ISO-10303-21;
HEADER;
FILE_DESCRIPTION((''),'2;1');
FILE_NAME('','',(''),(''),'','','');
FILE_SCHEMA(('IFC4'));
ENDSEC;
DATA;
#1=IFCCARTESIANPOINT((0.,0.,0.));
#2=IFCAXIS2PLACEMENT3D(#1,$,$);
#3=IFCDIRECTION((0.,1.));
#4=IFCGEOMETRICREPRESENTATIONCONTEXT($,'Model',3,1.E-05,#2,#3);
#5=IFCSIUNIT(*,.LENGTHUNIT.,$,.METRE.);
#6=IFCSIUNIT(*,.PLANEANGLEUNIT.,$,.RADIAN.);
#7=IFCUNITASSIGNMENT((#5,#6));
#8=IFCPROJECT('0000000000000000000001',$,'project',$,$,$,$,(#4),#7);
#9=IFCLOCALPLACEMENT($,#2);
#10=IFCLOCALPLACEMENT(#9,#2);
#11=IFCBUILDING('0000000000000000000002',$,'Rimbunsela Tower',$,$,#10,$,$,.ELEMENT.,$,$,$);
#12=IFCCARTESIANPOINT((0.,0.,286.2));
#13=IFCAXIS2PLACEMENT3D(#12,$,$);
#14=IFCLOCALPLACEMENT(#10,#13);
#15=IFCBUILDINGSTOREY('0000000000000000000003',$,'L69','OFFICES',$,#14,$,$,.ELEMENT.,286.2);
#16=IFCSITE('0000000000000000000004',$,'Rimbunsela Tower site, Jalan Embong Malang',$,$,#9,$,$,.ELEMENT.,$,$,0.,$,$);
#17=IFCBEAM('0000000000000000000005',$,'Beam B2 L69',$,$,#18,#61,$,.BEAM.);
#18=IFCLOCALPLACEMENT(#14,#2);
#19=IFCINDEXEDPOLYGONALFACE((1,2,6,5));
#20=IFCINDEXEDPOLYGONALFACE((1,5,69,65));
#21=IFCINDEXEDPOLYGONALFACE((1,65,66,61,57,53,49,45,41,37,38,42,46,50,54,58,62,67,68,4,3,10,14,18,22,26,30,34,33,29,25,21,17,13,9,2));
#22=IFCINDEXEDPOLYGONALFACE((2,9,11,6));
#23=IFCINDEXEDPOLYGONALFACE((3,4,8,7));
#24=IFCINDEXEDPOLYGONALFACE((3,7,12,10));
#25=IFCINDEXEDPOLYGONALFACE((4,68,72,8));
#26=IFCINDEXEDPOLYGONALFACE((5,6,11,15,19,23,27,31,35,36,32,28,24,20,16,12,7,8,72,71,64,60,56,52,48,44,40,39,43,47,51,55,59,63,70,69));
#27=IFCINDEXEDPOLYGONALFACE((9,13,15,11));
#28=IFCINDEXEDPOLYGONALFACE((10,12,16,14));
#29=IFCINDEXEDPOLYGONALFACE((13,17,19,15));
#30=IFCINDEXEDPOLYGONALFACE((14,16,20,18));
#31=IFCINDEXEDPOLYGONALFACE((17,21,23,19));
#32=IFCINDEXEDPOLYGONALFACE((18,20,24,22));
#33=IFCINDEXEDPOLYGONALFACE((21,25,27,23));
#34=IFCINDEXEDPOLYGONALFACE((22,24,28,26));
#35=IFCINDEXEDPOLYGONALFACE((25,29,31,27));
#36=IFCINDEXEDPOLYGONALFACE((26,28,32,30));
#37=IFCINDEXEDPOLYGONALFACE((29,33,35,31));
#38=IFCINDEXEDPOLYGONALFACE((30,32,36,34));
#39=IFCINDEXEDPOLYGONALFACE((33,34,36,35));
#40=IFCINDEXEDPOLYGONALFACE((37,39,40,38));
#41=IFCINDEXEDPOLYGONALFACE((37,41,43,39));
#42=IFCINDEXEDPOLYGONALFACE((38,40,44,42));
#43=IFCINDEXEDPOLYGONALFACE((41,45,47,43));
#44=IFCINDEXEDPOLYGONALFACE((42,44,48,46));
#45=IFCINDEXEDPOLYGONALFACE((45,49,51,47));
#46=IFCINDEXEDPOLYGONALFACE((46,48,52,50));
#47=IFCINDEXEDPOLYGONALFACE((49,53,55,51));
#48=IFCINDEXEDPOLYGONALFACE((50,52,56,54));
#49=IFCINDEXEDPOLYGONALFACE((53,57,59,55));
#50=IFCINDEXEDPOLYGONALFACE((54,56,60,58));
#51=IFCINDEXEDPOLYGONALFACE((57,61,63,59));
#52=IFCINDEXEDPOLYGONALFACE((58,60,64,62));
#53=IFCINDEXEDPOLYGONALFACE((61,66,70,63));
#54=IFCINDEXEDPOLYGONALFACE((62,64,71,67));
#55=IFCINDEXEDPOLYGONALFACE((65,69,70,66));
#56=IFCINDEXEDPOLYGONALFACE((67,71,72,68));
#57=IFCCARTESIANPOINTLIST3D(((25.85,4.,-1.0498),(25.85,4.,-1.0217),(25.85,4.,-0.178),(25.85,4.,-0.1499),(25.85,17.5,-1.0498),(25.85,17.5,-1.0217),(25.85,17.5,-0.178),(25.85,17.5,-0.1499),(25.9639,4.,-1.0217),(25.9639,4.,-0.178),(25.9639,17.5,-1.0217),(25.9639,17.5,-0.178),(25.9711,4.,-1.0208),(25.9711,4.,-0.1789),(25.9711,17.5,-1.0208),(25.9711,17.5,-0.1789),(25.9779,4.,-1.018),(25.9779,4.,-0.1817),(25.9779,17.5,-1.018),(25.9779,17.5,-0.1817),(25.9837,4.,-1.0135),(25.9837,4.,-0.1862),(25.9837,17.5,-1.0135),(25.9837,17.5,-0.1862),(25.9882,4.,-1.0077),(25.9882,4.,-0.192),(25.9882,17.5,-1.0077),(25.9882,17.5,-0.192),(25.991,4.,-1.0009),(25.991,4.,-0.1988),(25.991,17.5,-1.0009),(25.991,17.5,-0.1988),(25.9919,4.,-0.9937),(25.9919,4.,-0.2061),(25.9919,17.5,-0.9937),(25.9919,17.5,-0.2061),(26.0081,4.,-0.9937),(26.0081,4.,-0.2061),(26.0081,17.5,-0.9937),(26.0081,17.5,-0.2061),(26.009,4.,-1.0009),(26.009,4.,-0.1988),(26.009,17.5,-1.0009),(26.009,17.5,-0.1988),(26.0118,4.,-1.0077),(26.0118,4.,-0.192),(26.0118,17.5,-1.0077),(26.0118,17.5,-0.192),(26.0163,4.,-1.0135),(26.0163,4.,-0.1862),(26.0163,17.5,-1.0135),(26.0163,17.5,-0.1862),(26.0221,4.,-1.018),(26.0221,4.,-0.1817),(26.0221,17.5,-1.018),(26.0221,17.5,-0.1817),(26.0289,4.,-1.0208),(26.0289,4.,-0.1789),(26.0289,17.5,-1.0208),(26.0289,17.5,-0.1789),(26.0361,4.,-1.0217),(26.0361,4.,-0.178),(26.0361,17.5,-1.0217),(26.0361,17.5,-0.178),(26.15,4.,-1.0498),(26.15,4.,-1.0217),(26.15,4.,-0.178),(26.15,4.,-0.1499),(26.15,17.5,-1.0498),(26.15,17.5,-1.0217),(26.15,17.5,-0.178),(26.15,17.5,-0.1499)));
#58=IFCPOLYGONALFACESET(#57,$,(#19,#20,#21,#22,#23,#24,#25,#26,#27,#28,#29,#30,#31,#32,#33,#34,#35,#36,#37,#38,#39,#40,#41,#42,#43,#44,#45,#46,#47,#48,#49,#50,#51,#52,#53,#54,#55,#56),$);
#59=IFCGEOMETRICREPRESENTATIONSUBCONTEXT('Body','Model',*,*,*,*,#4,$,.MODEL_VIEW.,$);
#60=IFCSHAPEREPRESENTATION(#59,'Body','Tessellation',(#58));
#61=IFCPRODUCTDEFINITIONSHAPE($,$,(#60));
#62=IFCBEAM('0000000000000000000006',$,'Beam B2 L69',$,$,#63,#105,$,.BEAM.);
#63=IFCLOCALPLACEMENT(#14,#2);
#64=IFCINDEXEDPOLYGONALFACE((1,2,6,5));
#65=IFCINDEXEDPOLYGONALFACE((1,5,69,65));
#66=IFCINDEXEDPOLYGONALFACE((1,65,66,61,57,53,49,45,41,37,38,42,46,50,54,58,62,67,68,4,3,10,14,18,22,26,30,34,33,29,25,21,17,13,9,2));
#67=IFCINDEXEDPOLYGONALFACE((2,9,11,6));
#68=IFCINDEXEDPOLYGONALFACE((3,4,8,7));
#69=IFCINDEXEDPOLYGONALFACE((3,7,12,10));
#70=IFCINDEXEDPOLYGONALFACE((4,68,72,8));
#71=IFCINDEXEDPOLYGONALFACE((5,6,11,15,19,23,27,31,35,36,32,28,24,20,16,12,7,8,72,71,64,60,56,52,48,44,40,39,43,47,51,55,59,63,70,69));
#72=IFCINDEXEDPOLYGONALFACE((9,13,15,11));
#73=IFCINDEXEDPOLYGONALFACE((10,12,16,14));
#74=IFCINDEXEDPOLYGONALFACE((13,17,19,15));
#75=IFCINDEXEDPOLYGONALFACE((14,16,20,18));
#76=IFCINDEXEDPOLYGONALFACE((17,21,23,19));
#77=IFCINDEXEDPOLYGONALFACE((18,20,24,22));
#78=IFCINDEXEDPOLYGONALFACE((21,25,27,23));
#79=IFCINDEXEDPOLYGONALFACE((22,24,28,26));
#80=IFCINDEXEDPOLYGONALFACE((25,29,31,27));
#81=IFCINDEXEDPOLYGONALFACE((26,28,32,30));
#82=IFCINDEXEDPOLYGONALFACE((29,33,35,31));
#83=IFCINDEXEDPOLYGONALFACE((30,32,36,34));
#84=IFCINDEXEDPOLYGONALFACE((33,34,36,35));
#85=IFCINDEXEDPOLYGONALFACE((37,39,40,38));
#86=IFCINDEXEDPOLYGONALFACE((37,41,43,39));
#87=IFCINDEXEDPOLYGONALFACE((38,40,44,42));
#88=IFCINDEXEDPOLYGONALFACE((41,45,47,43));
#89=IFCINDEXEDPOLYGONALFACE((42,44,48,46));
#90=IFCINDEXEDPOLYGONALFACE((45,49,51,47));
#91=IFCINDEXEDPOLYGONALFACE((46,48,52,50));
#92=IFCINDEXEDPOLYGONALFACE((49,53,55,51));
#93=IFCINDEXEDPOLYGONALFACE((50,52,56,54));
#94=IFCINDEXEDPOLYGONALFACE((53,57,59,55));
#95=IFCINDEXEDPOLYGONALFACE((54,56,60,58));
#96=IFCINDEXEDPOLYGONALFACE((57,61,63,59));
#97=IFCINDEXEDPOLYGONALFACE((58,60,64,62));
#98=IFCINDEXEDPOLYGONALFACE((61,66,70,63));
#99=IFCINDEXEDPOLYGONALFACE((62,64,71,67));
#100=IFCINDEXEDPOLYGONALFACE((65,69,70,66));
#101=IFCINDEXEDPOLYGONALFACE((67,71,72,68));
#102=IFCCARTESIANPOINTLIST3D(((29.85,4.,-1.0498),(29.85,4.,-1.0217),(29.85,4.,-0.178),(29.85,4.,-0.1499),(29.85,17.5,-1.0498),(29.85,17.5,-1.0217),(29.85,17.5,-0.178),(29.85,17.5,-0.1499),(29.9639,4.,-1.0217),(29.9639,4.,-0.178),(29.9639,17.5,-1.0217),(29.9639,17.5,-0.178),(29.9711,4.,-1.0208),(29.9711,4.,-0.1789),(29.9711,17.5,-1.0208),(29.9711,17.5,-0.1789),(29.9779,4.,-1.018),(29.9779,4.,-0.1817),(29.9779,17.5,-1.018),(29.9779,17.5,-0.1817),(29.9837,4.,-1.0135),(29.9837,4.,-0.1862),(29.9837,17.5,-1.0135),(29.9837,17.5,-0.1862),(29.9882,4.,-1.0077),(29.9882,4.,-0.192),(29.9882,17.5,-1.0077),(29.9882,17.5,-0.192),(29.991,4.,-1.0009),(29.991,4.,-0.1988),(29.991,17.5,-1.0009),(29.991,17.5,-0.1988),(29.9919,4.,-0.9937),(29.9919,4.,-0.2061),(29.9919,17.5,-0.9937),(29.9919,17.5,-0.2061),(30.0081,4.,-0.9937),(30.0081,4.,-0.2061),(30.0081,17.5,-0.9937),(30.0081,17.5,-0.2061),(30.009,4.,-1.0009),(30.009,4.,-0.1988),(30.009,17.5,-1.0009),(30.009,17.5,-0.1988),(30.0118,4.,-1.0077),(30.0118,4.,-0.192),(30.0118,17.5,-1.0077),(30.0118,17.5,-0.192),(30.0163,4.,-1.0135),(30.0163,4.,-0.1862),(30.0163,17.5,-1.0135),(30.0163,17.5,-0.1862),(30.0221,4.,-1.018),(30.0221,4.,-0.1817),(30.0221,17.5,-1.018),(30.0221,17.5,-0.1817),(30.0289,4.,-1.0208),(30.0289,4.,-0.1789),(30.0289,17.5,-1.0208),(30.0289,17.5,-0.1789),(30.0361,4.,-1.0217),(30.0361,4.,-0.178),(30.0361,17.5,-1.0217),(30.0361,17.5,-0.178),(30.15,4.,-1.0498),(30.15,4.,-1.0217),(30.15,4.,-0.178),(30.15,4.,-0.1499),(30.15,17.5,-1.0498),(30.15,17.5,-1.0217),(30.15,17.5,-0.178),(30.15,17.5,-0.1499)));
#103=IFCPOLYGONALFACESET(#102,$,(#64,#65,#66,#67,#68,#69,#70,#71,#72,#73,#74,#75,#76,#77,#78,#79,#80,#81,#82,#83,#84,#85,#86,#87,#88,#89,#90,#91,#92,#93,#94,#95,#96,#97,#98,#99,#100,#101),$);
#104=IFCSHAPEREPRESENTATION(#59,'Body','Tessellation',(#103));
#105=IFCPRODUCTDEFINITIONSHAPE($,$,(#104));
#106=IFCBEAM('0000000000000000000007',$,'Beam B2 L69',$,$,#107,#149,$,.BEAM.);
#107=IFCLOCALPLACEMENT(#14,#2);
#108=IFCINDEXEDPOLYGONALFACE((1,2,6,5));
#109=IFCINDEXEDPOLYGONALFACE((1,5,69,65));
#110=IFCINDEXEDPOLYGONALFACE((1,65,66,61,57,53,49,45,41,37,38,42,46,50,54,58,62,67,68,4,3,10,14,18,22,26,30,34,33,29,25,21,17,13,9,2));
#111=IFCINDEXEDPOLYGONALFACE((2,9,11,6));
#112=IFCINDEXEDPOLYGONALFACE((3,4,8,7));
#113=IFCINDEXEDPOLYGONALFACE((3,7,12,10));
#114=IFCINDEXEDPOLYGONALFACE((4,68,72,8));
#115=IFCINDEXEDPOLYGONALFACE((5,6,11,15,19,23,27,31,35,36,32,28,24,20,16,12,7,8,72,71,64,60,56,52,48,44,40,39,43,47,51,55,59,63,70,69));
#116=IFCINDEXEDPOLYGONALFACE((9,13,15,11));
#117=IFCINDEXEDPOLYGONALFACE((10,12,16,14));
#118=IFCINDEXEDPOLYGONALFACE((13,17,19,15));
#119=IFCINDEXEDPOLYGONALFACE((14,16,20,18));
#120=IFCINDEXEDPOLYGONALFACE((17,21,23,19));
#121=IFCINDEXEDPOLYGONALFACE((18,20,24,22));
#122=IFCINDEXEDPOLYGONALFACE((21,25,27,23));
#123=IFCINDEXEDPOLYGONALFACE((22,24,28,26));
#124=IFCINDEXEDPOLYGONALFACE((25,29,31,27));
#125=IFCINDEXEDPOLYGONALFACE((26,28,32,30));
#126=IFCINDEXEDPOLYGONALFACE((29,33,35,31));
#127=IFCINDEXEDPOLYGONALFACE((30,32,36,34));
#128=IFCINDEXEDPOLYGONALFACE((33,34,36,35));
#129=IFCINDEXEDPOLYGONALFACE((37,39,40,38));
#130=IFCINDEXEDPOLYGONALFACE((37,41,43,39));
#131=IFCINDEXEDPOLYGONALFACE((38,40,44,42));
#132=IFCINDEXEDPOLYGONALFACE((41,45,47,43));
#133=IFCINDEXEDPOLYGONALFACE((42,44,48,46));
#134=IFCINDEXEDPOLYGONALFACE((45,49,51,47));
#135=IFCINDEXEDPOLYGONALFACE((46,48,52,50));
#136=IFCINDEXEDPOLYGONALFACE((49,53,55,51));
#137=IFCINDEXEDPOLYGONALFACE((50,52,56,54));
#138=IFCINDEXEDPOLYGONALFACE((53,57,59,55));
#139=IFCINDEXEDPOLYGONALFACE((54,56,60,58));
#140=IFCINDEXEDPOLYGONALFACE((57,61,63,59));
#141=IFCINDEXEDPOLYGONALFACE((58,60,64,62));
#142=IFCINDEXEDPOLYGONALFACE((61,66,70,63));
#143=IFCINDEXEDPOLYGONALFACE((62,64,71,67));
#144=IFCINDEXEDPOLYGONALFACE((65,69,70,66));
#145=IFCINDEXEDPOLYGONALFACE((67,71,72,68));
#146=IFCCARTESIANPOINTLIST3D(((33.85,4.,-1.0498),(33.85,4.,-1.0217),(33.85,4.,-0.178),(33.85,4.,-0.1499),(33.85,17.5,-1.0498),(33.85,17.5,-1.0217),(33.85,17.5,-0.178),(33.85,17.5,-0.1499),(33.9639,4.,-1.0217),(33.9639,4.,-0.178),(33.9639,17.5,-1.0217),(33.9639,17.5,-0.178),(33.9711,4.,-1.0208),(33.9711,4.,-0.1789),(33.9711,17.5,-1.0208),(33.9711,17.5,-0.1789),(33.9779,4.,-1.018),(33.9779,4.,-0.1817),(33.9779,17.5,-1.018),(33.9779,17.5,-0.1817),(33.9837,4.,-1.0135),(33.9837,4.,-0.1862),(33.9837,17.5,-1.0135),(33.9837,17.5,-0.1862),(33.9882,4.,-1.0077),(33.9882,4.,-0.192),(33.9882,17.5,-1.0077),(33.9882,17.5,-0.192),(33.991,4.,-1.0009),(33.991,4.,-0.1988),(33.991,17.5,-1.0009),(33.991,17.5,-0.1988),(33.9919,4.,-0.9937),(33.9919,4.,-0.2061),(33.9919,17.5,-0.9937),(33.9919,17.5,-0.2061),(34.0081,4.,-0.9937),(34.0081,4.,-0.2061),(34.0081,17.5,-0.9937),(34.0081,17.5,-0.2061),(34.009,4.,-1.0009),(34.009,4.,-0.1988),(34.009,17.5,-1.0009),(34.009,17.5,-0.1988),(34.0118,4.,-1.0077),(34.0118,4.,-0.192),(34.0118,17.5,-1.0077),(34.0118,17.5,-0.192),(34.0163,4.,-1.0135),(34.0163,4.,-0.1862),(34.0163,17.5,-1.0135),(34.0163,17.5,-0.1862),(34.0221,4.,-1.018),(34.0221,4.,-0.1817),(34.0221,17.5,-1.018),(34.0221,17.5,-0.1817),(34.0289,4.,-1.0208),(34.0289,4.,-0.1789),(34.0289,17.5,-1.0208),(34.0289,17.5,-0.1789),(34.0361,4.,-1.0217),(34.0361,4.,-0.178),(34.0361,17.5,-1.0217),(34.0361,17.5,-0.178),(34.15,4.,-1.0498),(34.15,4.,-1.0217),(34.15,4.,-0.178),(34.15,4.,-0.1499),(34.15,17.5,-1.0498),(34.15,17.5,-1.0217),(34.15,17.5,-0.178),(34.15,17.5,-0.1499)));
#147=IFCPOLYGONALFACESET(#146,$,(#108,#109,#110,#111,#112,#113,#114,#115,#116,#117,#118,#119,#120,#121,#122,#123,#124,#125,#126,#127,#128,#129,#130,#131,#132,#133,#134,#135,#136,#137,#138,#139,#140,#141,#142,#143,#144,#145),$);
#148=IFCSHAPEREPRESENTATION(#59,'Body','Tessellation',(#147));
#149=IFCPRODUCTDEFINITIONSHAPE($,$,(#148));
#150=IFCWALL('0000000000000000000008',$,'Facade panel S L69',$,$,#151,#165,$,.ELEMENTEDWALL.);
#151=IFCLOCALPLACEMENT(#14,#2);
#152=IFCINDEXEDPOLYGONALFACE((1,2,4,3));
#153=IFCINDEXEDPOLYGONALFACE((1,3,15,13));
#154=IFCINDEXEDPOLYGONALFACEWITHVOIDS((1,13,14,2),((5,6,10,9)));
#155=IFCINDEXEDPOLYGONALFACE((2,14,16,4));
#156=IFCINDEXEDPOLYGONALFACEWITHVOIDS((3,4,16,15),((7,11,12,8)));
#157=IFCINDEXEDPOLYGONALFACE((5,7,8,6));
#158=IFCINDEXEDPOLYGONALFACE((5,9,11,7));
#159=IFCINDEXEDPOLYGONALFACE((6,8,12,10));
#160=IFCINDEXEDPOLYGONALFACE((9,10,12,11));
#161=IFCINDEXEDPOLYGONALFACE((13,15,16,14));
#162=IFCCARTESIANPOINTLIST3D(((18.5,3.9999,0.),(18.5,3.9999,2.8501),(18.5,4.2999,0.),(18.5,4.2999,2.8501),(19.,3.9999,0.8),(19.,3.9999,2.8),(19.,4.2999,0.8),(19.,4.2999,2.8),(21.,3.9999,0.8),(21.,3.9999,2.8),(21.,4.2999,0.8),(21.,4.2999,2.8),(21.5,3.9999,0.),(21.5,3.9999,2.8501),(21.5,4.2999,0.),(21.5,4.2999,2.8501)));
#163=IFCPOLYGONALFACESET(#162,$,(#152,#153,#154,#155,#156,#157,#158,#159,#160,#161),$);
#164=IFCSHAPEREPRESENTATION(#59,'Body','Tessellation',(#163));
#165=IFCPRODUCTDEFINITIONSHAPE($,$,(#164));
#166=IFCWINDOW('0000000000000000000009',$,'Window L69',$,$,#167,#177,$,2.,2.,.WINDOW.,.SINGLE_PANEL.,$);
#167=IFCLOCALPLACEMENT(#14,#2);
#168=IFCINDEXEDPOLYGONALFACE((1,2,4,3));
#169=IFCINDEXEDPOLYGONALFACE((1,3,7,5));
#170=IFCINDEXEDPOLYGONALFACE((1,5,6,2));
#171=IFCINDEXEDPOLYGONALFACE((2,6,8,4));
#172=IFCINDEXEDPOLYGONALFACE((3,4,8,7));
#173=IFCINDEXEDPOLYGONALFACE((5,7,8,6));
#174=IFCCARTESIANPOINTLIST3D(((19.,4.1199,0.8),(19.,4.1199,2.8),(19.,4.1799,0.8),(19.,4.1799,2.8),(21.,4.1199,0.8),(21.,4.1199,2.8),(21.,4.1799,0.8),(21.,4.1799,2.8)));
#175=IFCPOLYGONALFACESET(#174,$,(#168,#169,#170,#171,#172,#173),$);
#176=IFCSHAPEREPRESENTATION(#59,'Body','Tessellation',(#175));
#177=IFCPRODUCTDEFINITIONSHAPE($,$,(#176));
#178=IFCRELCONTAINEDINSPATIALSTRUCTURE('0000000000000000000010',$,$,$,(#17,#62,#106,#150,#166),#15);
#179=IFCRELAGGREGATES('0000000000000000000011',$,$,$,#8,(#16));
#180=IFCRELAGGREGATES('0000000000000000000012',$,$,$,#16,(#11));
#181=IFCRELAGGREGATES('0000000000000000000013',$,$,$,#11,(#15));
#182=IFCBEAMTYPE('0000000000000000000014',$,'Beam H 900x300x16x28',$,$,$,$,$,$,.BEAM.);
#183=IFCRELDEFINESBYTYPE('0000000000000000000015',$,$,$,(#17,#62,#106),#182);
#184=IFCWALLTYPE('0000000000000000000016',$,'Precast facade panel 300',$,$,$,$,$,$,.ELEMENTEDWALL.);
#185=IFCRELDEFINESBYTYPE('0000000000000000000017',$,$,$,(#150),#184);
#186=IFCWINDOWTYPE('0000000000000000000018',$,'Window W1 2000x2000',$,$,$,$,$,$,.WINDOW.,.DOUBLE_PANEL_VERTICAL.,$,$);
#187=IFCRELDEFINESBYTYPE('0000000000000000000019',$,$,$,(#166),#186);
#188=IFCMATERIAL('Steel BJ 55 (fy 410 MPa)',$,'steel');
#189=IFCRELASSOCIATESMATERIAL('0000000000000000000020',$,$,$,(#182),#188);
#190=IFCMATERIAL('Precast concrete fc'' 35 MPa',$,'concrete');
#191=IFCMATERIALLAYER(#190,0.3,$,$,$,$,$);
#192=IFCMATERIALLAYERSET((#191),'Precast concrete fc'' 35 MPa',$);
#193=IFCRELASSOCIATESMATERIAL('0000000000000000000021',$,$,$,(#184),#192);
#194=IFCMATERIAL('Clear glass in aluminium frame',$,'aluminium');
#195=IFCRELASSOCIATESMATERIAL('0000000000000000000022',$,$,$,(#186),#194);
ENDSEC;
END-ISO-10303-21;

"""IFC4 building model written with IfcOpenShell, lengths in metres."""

from ifc_helpers import new_model, si_unit, direction, frame, frame_2d, origin, origin_2d, place, context, subcontext, project, spatial, rectangle, i_section, extrude, material, layer, layer_set, material_profile, profile_set, type_object, element, fill, save


model = new_model("IFC4")

# Units and contexts
model_context = context("Model", 3, precision=1e-05, world=origin(), true_north=direction((0.0, 1.0)))
body_context = subcontext(model_context, "Body", "Model", "MODEL_VIEW")
ifc_project = project(units=[si_unit("LENGTHUNIT", "METRE"), si_unit("PLANEANGLEUNIT", "RADIAN")], contexts=[model_context])

# Site, building, storey
site_placement = place(None, origin())
site = spatial("IfcSite", under=ifc_project, at=site_placement, Name="Rimbunsela Tower site, Jalan Embong Malang", CompositionType="ELEMENT", RefElevation=0.0)
building_placement = place(site_placement, origin())
building = spatial("IfcBuilding", under=site, at=building_placement, Name="Rimbunsela Tower", CompositionType="ELEMENT")
storey_placement = place(building_placement, frame((0.0, 0.0, 286.2)))
storey = spatial("IfcBuildingStorey", under=building, at=storey_placement, Name="L69", Description="OFFICES", CompositionType="ELEMENT", Elevation=286.2)

# Beams
ifc_material_1 = material(Name="Steel BJ 55 (fy 410 MPa)", Category="steel")
ifc_material_profile_1 = material_profile(ifc_material_1, i_section(OverallWidth=0.3, OverallDepth=0.8999, WebThickness=0.0161, FlangeThickness=0.0281, FilletRadius=0.0281, at=origin_2d()), Name="H 900x300x16x28")
ifc_profile_set_1 = profile_set([ifc_material_profile_1], Name="Steel BJ 55 (fy 410 MPa)")
beam_type_1 = type_object("IfcBeamType", Name="Beam H 900x300x16x28", PredefinedType="BEAM", material=ifc_profile_set_1)
for number, where, z_axis, x_axis, name in (
    (1, (26.0, 4.0, -0.5999), (0.0, 1.0, 0.0), (-1.0, 0.0, 0.0), "Beam B2 L69"),
    (2, (30.0, 4.0, -0.5999), (0.0, 1.0, 0.0), (-1.0, 0.0, 0.0), "Beam B2 L69"),
    (3, (34.0, 4.0, -0.5999), (0.0, 1.0, 0.0), (-1.0, 0.0, 0.0), "Beam B2 L69"),
):
    element("IfcBeam", number, at=place(storey_placement, frame(where, z_axis=z_axis, x_axis=x_axis)), inside=storey, type_object=beam_type_1, Name=name, PredefinedType="BEAM", context=body_context, shape_type="SweptSolid", body=[
        extrude(i_section(OverallWidth=0.3, OverallDepth=0.8999, WebThickness=0.0161, FlangeThickness=0.0281, FilletRadius=0.0281, at=origin_2d()), origin(), (0.0, 0.0, 1.0), 13.5),
    ])

# Wall, opening, window
ifc_material_2 = material(Name="Precast concrete fc' 35 MPa", Category="concrete")
ifc_layer_1 = layer(ifc_material_2, 0.3)
ifc_layer_set_1 = layer_set([ifc_layer_1], Name="Precast concrete fc' 35 MPa")
wall_type = type_object("IfcWallType", Name="Precast facade panel 300", PredefinedType="ELEMENTEDWALL", material=ifc_layer_set_1)
wall_1_placement = place(storey_placement, frame((18.5, 4.1499, 0.0), z_axis=(0.0, 0.0, 1.0), x_axis=(1.0, 0.0, 0.0)))
wall_1 = element("IfcWall", 4, at=wall_1_placement, inside=storey, type_object=wall_type, Name="Facade panel S L69", PredefinedType="ELEMENTEDWALL", context=body_context, shape_type="SweptSolid", body=[
    extrude(rectangle(XDim=3.0, YDim=0.3, at=frame_2d((1.5, 0.0))), origin(), (0.0, 0.0, 1.0), 2.8501),
])
opening_1_placement = place(wall_1_placement, frame((0.5, 0.0, 0.8)))
opening_1 = element("IfcOpeningElement", 5, at=opening_1_placement, cuts=wall_1, PredefinedType="OPENING", context=body_context, shape_type="SweptSolid", body=[
    extrude(rectangle(XDim=2.0, YDim=2.0, at=frame_2d((1.0, 1.0))), frame((0.0, 0.1599, 0.0), z_axis=(0.0, -1.0, 0.0), x_axis=(1.0, 0.0, 0.0)), (0.0, 0.0, 1.0), 0.3201),
])
ifc_material_3 = material(Name="Clear glass in aluminium frame", Category="aluminium")
window_type_1 = type_object("IfcWindowType", Name="Window W1 2000x2000", PartitioningType="DOUBLE_PANEL_VERTICAL", PredefinedType="WINDOW", material=ifc_material_3)
window_1_placement = place(opening_1_placement, origin())
window_1 = element("IfcWindow", 6, at=window_1_placement, inside=storey, type_object=window_type_1, Name="Window L69", OverallHeight=2.0, OverallWidth=2.0, PartitioningType="SINGLE_PANEL", PredefinedType="WINDOW", context=body_context, shape_type="SweptSolid", body=[
    extrude(rectangle(XDim=2.0, YDim=2.0, at=frame_2d((1.0, 1.0))), frame((0.0, 0.03, 0.0), z_axis=(0.0, -1.0, 0.0), x_axis=(1.0, 0.0, 0.0)), (0.0, 0.0, 1.0), 0.0601),
])
fill(opening_1, window_1)

save(model, "model.ifc")
